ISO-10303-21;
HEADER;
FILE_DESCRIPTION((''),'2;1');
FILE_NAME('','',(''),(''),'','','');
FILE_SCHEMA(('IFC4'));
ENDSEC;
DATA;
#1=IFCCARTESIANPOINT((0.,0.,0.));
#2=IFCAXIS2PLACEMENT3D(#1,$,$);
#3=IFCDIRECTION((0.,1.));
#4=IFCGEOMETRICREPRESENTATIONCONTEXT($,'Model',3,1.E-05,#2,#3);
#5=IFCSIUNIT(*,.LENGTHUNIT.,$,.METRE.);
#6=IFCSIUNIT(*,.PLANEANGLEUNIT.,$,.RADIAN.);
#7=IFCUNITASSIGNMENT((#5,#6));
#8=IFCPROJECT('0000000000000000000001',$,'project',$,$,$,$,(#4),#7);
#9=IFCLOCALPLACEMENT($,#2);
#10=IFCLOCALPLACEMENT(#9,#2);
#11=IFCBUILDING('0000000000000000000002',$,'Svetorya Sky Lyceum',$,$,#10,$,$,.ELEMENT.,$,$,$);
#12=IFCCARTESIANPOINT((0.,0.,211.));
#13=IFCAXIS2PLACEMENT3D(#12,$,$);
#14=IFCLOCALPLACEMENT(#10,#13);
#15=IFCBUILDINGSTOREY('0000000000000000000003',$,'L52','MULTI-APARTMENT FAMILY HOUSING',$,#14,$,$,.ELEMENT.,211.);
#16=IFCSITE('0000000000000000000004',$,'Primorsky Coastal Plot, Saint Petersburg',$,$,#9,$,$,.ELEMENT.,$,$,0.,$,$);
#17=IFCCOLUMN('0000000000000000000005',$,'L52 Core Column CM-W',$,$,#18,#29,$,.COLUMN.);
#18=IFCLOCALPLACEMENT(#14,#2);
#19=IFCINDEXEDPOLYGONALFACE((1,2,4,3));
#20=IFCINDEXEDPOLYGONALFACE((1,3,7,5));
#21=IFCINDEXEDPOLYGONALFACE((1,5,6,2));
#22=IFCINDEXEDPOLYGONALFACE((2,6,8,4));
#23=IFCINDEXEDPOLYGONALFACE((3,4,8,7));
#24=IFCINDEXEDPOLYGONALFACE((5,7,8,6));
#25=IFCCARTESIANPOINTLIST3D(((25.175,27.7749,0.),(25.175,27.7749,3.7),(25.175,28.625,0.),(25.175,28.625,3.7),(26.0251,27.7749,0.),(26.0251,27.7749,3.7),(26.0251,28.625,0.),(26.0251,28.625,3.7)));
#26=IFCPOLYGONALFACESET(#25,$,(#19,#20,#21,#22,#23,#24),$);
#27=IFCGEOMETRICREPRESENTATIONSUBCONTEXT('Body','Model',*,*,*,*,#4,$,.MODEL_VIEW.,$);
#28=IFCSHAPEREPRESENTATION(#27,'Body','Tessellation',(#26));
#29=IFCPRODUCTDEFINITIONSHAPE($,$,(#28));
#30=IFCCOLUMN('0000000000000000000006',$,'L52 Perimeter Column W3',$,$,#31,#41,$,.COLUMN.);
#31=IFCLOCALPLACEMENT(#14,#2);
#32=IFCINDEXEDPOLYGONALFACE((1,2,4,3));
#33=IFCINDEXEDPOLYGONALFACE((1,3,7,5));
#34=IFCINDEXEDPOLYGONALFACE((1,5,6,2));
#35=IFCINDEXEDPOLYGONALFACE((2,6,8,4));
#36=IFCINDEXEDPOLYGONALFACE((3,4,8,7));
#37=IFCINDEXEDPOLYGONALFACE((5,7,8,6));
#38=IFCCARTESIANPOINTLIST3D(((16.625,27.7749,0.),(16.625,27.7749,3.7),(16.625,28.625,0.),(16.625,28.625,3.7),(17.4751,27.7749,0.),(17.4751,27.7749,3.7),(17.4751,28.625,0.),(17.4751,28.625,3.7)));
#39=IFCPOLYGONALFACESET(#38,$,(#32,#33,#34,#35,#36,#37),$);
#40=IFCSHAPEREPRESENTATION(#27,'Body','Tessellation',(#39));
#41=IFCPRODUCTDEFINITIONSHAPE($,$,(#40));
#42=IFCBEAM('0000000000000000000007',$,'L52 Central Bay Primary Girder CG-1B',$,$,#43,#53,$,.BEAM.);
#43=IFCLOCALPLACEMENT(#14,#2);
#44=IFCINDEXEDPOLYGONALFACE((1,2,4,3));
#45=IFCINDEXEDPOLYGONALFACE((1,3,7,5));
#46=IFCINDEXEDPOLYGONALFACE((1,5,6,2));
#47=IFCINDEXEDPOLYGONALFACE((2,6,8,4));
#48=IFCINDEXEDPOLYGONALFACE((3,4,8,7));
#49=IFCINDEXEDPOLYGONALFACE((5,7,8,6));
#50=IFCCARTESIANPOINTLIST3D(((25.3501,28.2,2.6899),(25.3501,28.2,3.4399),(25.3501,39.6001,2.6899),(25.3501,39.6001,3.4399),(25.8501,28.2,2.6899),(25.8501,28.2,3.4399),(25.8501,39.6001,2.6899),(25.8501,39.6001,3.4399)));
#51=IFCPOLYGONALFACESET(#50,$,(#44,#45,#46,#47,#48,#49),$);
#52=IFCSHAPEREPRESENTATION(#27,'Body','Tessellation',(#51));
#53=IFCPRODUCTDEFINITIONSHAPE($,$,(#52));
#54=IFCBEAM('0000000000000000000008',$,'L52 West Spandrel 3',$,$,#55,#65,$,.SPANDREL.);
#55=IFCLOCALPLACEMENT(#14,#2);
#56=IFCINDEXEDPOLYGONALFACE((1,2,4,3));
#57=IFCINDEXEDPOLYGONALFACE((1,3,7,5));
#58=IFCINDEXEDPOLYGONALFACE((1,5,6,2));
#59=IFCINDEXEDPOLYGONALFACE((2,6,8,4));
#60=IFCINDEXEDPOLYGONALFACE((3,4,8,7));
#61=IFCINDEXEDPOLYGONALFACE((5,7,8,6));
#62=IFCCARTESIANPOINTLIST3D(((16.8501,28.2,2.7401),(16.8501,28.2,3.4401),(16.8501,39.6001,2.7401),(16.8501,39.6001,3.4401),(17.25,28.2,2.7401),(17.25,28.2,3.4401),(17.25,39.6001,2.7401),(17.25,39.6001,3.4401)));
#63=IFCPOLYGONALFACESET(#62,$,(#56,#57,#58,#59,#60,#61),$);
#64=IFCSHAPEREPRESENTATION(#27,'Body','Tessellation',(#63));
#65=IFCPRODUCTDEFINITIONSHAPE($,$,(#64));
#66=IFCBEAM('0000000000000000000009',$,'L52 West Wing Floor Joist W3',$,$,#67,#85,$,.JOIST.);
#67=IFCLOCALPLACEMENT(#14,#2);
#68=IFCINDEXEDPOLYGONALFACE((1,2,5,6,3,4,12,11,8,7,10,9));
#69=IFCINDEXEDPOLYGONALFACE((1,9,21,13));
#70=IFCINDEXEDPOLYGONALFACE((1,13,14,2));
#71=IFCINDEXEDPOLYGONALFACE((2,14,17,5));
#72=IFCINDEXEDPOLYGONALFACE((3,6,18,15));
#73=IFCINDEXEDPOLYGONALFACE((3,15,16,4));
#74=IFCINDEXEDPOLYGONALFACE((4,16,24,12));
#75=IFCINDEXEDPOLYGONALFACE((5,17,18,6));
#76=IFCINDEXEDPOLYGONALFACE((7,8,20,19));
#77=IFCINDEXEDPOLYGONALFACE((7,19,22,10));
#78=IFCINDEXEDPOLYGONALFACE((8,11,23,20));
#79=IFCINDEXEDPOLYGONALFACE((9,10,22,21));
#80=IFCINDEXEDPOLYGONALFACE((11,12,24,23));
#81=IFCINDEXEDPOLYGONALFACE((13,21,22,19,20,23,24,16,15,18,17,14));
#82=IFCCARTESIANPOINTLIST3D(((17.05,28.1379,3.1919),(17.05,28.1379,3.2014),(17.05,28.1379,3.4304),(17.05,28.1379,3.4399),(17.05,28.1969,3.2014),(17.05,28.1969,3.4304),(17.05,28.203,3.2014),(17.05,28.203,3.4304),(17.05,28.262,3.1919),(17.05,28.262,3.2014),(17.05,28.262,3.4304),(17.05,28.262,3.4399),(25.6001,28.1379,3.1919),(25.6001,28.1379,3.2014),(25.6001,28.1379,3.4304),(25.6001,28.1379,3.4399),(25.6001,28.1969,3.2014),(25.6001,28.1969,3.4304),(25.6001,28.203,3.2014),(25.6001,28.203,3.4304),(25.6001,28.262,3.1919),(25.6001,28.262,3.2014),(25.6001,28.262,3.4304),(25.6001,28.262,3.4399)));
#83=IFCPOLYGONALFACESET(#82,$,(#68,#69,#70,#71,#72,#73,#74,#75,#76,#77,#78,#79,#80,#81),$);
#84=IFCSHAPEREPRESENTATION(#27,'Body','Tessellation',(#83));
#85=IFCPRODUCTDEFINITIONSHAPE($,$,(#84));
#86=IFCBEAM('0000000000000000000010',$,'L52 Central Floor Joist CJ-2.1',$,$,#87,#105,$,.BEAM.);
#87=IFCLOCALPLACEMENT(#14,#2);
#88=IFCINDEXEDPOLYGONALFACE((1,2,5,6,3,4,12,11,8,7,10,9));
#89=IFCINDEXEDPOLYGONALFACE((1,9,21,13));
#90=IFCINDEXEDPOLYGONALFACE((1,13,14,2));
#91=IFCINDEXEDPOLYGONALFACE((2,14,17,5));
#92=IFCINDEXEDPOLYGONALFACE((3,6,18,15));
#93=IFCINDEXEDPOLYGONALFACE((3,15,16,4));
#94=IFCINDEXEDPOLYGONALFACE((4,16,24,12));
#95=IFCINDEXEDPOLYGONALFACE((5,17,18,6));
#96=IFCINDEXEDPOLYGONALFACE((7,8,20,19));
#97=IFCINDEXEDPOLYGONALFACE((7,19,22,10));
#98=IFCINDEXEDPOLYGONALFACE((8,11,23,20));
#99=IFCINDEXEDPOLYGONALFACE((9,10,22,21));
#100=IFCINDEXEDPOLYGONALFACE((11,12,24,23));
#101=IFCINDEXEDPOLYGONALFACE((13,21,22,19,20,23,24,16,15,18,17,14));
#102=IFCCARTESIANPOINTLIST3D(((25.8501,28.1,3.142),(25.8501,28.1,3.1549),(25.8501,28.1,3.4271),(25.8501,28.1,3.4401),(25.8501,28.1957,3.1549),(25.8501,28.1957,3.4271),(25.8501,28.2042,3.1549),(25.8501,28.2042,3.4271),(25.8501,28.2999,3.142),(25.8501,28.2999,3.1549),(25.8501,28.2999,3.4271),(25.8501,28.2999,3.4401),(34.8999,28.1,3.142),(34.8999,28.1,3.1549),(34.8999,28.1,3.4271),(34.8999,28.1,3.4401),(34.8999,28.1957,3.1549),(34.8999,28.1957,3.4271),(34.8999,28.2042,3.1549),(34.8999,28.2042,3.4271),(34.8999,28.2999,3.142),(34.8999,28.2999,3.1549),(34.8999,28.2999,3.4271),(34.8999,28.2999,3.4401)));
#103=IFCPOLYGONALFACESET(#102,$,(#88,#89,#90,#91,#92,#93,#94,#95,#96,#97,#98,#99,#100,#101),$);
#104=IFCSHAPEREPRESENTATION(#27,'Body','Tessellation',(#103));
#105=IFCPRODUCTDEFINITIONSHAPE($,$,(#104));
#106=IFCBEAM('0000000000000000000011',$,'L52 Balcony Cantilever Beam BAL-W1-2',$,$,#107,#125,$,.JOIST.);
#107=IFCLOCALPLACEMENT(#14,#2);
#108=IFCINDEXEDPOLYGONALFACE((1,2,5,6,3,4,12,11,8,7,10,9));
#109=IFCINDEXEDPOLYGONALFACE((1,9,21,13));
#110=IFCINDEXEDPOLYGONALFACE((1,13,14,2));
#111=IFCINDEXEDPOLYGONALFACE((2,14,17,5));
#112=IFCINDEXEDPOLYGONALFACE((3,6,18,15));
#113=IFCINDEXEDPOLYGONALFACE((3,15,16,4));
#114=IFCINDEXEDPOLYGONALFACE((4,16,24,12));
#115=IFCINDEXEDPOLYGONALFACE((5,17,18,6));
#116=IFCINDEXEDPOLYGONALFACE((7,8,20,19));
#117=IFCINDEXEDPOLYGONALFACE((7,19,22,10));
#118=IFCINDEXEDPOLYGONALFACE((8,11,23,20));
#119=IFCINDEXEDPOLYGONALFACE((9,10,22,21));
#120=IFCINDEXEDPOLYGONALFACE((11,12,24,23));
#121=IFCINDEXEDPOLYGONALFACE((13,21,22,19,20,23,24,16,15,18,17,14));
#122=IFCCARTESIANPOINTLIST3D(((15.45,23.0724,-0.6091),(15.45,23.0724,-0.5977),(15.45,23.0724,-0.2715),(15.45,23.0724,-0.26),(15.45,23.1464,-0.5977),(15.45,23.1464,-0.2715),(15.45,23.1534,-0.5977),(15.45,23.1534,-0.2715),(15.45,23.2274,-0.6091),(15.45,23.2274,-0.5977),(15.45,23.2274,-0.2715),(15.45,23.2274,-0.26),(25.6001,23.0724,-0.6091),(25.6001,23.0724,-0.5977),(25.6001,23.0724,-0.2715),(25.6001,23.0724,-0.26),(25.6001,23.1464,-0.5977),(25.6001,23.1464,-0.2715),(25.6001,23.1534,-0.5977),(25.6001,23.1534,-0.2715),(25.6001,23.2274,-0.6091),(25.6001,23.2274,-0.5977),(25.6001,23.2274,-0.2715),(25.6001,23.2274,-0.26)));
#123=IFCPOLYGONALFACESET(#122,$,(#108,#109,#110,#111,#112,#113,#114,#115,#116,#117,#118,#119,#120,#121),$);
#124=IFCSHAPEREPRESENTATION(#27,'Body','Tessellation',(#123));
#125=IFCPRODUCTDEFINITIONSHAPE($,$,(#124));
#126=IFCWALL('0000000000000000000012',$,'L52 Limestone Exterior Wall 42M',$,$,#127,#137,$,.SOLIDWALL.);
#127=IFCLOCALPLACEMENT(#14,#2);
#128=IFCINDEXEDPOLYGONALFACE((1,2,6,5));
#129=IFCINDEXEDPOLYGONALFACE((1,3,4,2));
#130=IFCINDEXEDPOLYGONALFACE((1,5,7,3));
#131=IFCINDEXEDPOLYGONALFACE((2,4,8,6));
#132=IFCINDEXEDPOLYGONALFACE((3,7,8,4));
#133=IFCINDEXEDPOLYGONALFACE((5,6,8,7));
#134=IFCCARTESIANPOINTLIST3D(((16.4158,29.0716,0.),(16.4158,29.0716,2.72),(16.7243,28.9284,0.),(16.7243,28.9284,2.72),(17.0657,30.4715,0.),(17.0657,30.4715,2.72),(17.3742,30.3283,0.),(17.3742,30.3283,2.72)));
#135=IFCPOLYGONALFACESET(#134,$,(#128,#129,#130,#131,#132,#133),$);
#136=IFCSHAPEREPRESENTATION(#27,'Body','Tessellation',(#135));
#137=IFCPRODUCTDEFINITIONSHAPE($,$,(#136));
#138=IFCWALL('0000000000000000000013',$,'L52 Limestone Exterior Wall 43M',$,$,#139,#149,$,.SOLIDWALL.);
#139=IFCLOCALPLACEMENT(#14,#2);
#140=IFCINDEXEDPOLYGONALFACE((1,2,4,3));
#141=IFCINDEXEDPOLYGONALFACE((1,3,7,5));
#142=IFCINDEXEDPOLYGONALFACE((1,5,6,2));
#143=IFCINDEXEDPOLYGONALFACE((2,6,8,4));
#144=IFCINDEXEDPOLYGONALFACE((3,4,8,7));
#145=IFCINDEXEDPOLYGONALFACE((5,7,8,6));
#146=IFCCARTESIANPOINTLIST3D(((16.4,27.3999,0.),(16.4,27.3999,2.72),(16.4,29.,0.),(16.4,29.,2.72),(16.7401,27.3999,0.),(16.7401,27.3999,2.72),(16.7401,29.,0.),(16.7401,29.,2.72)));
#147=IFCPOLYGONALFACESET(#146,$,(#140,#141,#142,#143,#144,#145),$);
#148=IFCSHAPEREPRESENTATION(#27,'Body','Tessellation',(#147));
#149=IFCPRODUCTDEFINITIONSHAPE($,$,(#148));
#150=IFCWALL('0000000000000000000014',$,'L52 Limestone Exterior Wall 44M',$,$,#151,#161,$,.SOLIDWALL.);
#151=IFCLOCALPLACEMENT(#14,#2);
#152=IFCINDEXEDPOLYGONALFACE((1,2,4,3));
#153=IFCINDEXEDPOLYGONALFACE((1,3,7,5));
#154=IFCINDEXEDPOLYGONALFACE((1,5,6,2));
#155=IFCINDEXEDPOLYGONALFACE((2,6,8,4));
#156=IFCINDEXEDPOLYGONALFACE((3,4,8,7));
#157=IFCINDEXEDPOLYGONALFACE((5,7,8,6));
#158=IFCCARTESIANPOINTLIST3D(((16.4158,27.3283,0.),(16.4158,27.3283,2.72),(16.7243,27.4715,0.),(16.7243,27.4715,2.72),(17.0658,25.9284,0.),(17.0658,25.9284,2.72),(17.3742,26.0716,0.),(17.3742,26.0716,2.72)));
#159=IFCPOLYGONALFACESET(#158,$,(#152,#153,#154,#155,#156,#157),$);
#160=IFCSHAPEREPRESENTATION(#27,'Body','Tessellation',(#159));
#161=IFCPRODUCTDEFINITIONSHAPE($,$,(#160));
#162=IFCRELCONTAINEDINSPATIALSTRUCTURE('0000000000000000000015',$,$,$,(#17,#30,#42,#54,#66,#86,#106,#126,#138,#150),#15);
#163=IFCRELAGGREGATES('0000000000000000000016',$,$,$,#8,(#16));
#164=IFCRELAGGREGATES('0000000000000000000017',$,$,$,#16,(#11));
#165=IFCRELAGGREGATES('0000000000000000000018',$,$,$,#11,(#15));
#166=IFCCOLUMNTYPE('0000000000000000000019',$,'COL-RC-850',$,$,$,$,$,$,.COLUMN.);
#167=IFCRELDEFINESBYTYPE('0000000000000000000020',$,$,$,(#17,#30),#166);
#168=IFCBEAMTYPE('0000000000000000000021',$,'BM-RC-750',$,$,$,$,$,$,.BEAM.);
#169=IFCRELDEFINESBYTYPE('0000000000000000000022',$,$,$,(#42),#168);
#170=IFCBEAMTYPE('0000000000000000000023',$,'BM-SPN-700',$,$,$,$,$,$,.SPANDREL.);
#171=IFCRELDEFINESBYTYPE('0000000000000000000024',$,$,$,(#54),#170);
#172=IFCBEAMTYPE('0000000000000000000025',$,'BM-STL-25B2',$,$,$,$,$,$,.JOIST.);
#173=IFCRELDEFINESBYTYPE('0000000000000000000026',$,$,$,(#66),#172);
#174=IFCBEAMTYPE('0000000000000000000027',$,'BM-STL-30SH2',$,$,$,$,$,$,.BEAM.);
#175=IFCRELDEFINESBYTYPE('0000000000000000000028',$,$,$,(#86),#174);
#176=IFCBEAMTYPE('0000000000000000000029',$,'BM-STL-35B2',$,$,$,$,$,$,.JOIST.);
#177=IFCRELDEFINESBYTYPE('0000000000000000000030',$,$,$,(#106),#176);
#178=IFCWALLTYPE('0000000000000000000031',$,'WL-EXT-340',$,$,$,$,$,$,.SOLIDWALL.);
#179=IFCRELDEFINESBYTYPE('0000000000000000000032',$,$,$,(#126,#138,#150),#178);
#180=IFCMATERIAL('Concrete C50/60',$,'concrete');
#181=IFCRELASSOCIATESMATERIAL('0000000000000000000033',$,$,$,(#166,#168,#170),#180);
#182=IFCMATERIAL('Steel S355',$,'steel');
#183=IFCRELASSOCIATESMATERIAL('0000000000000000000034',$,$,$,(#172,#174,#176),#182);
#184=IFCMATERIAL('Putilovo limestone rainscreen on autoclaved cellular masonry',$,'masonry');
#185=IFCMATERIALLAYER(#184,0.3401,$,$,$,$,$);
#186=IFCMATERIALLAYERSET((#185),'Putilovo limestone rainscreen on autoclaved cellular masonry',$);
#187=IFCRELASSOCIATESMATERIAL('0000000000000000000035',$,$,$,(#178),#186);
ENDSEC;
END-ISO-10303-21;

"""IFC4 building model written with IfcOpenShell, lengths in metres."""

from ifc_helpers import new_model, si_unit, direction, frame, frame_2d, origin, origin_2d, place, context, subcontext, project, spatial, rectangle, i_section, extrude, material, layer, layer_set, material_profile, profile_set, type_object, element, save


model = new_model("IFC4")

# Units and contexts
model_context = context("Model", 3, precision=1e-05, world=origin(), true_north=direction((0.0, 1.0)))
body_context = subcontext(model_context, "Body", "Model", "MODEL_VIEW")
ifc_project = project(units=[si_unit("LENGTHUNIT", "METRE"), si_unit("PLANEANGLEUNIT", "RADIAN")], contexts=[model_context])

# Site, building, storey
site_placement = place(None, origin())
site = spatial("IfcSite", under=ifc_project, at=site_placement, Name="Primorsky Coastal Plot, Saint Petersburg", CompositionType="ELEMENT", RefElevation=0.0)
building_placement = place(site_placement, origin())
building = spatial("IfcBuilding", under=site, at=building_placement, Name="Svetorya Sky Lyceum", CompositionType="ELEMENT")
storey_placement = place(building_placement, frame((0.0, 0.0, 211.0)))
storey = spatial("IfcBuildingStorey", under=building, at=storey_placement, Name="L52", Description="MULTI-APARTMENT FAMILY HOUSING", CompositionType="ELEMENT", Elevation=211.0)

# Columns
ifc_material_1 = material(Name="Concrete C50/60", Category="concrete")
ifc_material_profile_1 = material_profile(ifc_material_1, rectangle(XDim=0.8501, YDim=0.8501, at=origin_2d()), Name="RC COL 850x850")
ifc_profile_set_1 = profile_set([ifc_material_profile_1], Name="Concrete C50/60")
column_type = type_object("IfcColumnType", Name="COL-RC-850", PredefinedType="COLUMN", material=ifc_profile_set_1)
for number, where, z_axis, x_axis, name in (
    (1, (25.6001, 28.2, 0.0), (0.0, 0.0, 1.0), (1.0, 0.0, 0.0), "L52 Core Column CM-W"),
    (2, (17.05, 28.2, 0.0), (0.0, 0.0, 1.0), (1.0, 0.0, 0.0), "L52 Perimeter Column W3"),
):
    element("IfcColumn", number, at=place(storey_placement, frame(where, z_axis=z_axis, x_axis=x_axis)), inside=storey, type_object=column_type, Name=name, PredefinedType="COLUMN", context=body_context, shape_type="SweptSolid", body=[
        extrude(rectangle(XDim=0.8501, YDim=0.8501, at=origin_2d()), origin(), (0.0, 0.0, 1.0), 3.7),
    ])

# Beams
ifc_material_profile_2 = material_profile(ifc_material_1, rectangle(XDim=0.5, YDim=0.75, at=origin_2d()), Name="RC BEAM 500x750")
ifc_profile_set_2 = profile_set([ifc_material_profile_2], Name="Concrete C50/60")
beam_type_1 = type_object("IfcBeamType", Name="BM-RC-750", PredefinedType="BEAM", material=ifc_profile_set_2)
beam_1_placement = place(storey_placement, frame((25.6001, 28.2, 3.0649), z_axis=(0.0, 1.0, 0.0), x_axis=(-1.0, 0.0, 0.0)))
element("IfcBeam", 3, at=beam_1_placement, inside=storey, type_object=beam_type_1, Name="L52 Central Bay Primary Girder CG-1B", PredefinedType="BEAM", context=body_context, shape_type="SweptSolid", body=[
    extrude(rectangle(XDim=0.5, YDim=0.75, at=origin_2d()), origin(), (0.0, 0.0, 1.0), 11.4001),
])
ifc_material_profile_3 = material_profile(ifc_material_1, rectangle(XDim=0.3999, YDim=0.7, at=origin_2d()), Name="RC SPANDREL 400x700")
ifc_profile_set_3 = profile_set([ifc_material_profile_3], Name="Concrete C50/60")
beam_type_2 = type_object("IfcBeamType", Name="BM-SPN-700", PredefinedType="SPANDREL", material=ifc_profile_set_3)
beam_2_placement = place(storey_placement, frame((17.05, 28.2, 3.0901), z_axis=(0.0, 1.0, 0.0), x_axis=(-1.0, 0.0, 0.0)))
element("IfcBeam", 4, at=beam_2_placement, inside=storey, type_object=beam_type_2, Name="L52 West Spandrel 3", PredefinedType="SPANDREL", context=body_context, shape_type="SweptSolid", body=[
    extrude(rectangle(XDim=0.3999, YDim=0.7, at=origin_2d()), origin(), (0.0, 0.0, 1.0), 11.4001),
])
ifc_material_2 = material(Name="Steel S355", Category="steel")
ifc_material_profile_4 = material_profile(ifc_material_2, i_section(OverallWidth=0.124, OverallDepth=0.248, WebThickness=0.0061, FlangeThickness=0.0095, at=origin_2d()), Name="GOST 25B2")
ifc_profile_set_4 = profile_set([ifc_material_profile_4], Name="Steel S355")
beam_type_3 = type_object("IfcBeamType", Name="BM-STL-25B2", PredefinedType="JOIST", material=ifc_profile_set_4)
beam_3_placement = place(storey_placement, frame((17.05, 28.2, 3.3159), z_axis=(1.0, 0.0, 0.0), x_axis=(0.0, 1.0, 0.0)))
element("IfcBeam", 5, at=beam_3_placement, inside=storey, type_object=beam_type_3, Name="L52 West Wing Floor Joist W3", PredefinedType="JOIST", context=body_context, shape_type="SweptSolid", body=[
    extrude(i_section(OverallWidth=0.124, OverallDepth=0.248, WebThickness=0.0061, FlangeThickness=0.0095, at=origin_2d()), origin(), (0.0, 0.0, 1.0), 8.55),
])
ifc_material_profile_5 = material_profile(ifc_material_2, i_section(OverallWidth=0.2, OverallDepth=0.2981, WebThickness=0.0085, FlangeThickness=0.0129, at=origin_2d()), Name="GOST 30Sh2")
ifc_profile_set_5 = profile_set([ifc_material_profile_5], Name="Steel S355")
beam_type_4 = type_object("IfcBeamType", Name="BM-STL-30SH2", PredefinedType="BEAM", material=ifc_profile_set_5)
beam_4_placement = place(storey_placement, frame((25.8501, 28.2, 3.291), z_axis=(1.0, 0.0, 0.0), x_axis=(0.0, 1.0, 0.0)))
element("IfcBeam", 6, at=beam_4_placement, inside=storey, type_object=beam_type_4, Name="L52 Central Floor Joist CJ-2.1", PredefinedType="BEAM", context=body_context, shape_type="SweptSolid", body=[
    extrude(i_section(OverallWidth=0.2, OverallDepth=0.2981, WebThickness=0.0085, FlangeThickness=0.0129, at=origin_2d()), origin(), (0.0, 0.0, 1.0), 9.0498),
])
ifc_material_profile_6 = material_profile(ifc_material_2, i_section(OverallWidth=0.155, OverallDepth=0.3491, WebThickness=0.0071, FlangeThickness=0.0115, at=origin_2d()), Name="GOST 35B2")
ifc_profile_set_6 = profile_set([ifc_material_profile_6], Name="Steel S355")
beam_type_5 = type_object("IfcBeamType", Name="BM-STL-35B2", PredefinedType="JOIST", material=ifc_profile_set_6)
beam_5_placement = place(storey_placement, frame((25.6001, 23.1499, -0.4346), z_axis=(-1.0, 0.0, 0.0), x_axis=(0.0, -1.0, 0.0)))
element("IfcBeam", 7, at=beam_5_placement, inside=storey, type_object=beam_type_5, Name="L52 Balcony Cantilever Beam BAL-W1-2", PredefinedType="JOIST", context=body_context, shape_type="SweptSolid", body=[
    extrude(i_section(OverallWidth=0.155, OverallDepth=0.3491, WebThickness=0.0071, FlangeThickness=0.0115, at=origin_2d()), origin(), (0.0, 0.0, 1.0), 10.1501),
])

# Walls
ifc_material_3 = material(Name="Putilovo limestone rainscreen on autoclaved cellular masonry", Category="masonry")
ifc_layer_1 = layer(ifc_material_3, 0.3401)
ifc_layer_set_1 = layer_set([ifc_layer_1], Name="Putilovo limestone rainscreen on autoclaved cellular masonry")
wall_type_1 = type_object("IfcWallType", Name="WL-EXT-340", PredefinedType="SOLIDWALL", material=ifc_layer_set_1)
wall_1_placement = place(storey_placement, frame((17.22, 30.3999, 0.0), z_axis=(0.0, 0.0, 1.0), x_axis=(-0.421083, -0.907022, 0.0)))
element("IfcWall", 8, at=wall_1_placement, inside=storey, type_object=wall_type_1, Name="L52 Limestone Exterior Wall 42M", PredefinedType="SOLIDWALL", context=body_context, shape_type="SweptSolid", body=[
    extrude(rectangle(XDim=1.5435, YDim=0.3401, at=frame_2d((0.7717, 0.0))), origin(), (0.0, 0.0, 1.0), 2.72),
])
wall_2_placement = place(storey_placement, frame((16.5701, 29.0, 0.0), z_axis=(0.0, 0.0, 1.0), x_axis=(0.0, -1.0, 0.0)))
element("IfcWall", 9, at=wall_2_placement, inside=storey, type_object=wall_type_1, Name="L52 Limestone Exterior Wall 43M", PredefinedType="SOLIDWALL", context=body_context, shape_type="SweptSolid", body=[
    extrude(rectangle(XDim=1.6001, YDim=0.3401, at=frame_2d((0.8, 0.0))), origin(), (0.0, 0.0, 1.0), 2.72),
])
wall_3_placement = place(storey_placement, frame((16.5701, 27.3999, 0.0), z_axis=(0.0, 0.0, 1.0), x_axis=(0.421083, -0.907022, 0.0)))
element("IfcWall", 10, at=wall_3_placement, inside=storey, type_object=wall_type_1, Name="L52 Limestone Exterior Wall 44M", PredefinedType="SOLIDWALL", context=body_context, shape_type="SweptSolid", body=[
    extrude(rectangle(XDim=1.5435, YDim=0.3401, at=frame_2d((0.7717, 0.0))), origin(), (0.0, 0.0, 1.0), 2.72),
])

save(model, "model.ifc")
